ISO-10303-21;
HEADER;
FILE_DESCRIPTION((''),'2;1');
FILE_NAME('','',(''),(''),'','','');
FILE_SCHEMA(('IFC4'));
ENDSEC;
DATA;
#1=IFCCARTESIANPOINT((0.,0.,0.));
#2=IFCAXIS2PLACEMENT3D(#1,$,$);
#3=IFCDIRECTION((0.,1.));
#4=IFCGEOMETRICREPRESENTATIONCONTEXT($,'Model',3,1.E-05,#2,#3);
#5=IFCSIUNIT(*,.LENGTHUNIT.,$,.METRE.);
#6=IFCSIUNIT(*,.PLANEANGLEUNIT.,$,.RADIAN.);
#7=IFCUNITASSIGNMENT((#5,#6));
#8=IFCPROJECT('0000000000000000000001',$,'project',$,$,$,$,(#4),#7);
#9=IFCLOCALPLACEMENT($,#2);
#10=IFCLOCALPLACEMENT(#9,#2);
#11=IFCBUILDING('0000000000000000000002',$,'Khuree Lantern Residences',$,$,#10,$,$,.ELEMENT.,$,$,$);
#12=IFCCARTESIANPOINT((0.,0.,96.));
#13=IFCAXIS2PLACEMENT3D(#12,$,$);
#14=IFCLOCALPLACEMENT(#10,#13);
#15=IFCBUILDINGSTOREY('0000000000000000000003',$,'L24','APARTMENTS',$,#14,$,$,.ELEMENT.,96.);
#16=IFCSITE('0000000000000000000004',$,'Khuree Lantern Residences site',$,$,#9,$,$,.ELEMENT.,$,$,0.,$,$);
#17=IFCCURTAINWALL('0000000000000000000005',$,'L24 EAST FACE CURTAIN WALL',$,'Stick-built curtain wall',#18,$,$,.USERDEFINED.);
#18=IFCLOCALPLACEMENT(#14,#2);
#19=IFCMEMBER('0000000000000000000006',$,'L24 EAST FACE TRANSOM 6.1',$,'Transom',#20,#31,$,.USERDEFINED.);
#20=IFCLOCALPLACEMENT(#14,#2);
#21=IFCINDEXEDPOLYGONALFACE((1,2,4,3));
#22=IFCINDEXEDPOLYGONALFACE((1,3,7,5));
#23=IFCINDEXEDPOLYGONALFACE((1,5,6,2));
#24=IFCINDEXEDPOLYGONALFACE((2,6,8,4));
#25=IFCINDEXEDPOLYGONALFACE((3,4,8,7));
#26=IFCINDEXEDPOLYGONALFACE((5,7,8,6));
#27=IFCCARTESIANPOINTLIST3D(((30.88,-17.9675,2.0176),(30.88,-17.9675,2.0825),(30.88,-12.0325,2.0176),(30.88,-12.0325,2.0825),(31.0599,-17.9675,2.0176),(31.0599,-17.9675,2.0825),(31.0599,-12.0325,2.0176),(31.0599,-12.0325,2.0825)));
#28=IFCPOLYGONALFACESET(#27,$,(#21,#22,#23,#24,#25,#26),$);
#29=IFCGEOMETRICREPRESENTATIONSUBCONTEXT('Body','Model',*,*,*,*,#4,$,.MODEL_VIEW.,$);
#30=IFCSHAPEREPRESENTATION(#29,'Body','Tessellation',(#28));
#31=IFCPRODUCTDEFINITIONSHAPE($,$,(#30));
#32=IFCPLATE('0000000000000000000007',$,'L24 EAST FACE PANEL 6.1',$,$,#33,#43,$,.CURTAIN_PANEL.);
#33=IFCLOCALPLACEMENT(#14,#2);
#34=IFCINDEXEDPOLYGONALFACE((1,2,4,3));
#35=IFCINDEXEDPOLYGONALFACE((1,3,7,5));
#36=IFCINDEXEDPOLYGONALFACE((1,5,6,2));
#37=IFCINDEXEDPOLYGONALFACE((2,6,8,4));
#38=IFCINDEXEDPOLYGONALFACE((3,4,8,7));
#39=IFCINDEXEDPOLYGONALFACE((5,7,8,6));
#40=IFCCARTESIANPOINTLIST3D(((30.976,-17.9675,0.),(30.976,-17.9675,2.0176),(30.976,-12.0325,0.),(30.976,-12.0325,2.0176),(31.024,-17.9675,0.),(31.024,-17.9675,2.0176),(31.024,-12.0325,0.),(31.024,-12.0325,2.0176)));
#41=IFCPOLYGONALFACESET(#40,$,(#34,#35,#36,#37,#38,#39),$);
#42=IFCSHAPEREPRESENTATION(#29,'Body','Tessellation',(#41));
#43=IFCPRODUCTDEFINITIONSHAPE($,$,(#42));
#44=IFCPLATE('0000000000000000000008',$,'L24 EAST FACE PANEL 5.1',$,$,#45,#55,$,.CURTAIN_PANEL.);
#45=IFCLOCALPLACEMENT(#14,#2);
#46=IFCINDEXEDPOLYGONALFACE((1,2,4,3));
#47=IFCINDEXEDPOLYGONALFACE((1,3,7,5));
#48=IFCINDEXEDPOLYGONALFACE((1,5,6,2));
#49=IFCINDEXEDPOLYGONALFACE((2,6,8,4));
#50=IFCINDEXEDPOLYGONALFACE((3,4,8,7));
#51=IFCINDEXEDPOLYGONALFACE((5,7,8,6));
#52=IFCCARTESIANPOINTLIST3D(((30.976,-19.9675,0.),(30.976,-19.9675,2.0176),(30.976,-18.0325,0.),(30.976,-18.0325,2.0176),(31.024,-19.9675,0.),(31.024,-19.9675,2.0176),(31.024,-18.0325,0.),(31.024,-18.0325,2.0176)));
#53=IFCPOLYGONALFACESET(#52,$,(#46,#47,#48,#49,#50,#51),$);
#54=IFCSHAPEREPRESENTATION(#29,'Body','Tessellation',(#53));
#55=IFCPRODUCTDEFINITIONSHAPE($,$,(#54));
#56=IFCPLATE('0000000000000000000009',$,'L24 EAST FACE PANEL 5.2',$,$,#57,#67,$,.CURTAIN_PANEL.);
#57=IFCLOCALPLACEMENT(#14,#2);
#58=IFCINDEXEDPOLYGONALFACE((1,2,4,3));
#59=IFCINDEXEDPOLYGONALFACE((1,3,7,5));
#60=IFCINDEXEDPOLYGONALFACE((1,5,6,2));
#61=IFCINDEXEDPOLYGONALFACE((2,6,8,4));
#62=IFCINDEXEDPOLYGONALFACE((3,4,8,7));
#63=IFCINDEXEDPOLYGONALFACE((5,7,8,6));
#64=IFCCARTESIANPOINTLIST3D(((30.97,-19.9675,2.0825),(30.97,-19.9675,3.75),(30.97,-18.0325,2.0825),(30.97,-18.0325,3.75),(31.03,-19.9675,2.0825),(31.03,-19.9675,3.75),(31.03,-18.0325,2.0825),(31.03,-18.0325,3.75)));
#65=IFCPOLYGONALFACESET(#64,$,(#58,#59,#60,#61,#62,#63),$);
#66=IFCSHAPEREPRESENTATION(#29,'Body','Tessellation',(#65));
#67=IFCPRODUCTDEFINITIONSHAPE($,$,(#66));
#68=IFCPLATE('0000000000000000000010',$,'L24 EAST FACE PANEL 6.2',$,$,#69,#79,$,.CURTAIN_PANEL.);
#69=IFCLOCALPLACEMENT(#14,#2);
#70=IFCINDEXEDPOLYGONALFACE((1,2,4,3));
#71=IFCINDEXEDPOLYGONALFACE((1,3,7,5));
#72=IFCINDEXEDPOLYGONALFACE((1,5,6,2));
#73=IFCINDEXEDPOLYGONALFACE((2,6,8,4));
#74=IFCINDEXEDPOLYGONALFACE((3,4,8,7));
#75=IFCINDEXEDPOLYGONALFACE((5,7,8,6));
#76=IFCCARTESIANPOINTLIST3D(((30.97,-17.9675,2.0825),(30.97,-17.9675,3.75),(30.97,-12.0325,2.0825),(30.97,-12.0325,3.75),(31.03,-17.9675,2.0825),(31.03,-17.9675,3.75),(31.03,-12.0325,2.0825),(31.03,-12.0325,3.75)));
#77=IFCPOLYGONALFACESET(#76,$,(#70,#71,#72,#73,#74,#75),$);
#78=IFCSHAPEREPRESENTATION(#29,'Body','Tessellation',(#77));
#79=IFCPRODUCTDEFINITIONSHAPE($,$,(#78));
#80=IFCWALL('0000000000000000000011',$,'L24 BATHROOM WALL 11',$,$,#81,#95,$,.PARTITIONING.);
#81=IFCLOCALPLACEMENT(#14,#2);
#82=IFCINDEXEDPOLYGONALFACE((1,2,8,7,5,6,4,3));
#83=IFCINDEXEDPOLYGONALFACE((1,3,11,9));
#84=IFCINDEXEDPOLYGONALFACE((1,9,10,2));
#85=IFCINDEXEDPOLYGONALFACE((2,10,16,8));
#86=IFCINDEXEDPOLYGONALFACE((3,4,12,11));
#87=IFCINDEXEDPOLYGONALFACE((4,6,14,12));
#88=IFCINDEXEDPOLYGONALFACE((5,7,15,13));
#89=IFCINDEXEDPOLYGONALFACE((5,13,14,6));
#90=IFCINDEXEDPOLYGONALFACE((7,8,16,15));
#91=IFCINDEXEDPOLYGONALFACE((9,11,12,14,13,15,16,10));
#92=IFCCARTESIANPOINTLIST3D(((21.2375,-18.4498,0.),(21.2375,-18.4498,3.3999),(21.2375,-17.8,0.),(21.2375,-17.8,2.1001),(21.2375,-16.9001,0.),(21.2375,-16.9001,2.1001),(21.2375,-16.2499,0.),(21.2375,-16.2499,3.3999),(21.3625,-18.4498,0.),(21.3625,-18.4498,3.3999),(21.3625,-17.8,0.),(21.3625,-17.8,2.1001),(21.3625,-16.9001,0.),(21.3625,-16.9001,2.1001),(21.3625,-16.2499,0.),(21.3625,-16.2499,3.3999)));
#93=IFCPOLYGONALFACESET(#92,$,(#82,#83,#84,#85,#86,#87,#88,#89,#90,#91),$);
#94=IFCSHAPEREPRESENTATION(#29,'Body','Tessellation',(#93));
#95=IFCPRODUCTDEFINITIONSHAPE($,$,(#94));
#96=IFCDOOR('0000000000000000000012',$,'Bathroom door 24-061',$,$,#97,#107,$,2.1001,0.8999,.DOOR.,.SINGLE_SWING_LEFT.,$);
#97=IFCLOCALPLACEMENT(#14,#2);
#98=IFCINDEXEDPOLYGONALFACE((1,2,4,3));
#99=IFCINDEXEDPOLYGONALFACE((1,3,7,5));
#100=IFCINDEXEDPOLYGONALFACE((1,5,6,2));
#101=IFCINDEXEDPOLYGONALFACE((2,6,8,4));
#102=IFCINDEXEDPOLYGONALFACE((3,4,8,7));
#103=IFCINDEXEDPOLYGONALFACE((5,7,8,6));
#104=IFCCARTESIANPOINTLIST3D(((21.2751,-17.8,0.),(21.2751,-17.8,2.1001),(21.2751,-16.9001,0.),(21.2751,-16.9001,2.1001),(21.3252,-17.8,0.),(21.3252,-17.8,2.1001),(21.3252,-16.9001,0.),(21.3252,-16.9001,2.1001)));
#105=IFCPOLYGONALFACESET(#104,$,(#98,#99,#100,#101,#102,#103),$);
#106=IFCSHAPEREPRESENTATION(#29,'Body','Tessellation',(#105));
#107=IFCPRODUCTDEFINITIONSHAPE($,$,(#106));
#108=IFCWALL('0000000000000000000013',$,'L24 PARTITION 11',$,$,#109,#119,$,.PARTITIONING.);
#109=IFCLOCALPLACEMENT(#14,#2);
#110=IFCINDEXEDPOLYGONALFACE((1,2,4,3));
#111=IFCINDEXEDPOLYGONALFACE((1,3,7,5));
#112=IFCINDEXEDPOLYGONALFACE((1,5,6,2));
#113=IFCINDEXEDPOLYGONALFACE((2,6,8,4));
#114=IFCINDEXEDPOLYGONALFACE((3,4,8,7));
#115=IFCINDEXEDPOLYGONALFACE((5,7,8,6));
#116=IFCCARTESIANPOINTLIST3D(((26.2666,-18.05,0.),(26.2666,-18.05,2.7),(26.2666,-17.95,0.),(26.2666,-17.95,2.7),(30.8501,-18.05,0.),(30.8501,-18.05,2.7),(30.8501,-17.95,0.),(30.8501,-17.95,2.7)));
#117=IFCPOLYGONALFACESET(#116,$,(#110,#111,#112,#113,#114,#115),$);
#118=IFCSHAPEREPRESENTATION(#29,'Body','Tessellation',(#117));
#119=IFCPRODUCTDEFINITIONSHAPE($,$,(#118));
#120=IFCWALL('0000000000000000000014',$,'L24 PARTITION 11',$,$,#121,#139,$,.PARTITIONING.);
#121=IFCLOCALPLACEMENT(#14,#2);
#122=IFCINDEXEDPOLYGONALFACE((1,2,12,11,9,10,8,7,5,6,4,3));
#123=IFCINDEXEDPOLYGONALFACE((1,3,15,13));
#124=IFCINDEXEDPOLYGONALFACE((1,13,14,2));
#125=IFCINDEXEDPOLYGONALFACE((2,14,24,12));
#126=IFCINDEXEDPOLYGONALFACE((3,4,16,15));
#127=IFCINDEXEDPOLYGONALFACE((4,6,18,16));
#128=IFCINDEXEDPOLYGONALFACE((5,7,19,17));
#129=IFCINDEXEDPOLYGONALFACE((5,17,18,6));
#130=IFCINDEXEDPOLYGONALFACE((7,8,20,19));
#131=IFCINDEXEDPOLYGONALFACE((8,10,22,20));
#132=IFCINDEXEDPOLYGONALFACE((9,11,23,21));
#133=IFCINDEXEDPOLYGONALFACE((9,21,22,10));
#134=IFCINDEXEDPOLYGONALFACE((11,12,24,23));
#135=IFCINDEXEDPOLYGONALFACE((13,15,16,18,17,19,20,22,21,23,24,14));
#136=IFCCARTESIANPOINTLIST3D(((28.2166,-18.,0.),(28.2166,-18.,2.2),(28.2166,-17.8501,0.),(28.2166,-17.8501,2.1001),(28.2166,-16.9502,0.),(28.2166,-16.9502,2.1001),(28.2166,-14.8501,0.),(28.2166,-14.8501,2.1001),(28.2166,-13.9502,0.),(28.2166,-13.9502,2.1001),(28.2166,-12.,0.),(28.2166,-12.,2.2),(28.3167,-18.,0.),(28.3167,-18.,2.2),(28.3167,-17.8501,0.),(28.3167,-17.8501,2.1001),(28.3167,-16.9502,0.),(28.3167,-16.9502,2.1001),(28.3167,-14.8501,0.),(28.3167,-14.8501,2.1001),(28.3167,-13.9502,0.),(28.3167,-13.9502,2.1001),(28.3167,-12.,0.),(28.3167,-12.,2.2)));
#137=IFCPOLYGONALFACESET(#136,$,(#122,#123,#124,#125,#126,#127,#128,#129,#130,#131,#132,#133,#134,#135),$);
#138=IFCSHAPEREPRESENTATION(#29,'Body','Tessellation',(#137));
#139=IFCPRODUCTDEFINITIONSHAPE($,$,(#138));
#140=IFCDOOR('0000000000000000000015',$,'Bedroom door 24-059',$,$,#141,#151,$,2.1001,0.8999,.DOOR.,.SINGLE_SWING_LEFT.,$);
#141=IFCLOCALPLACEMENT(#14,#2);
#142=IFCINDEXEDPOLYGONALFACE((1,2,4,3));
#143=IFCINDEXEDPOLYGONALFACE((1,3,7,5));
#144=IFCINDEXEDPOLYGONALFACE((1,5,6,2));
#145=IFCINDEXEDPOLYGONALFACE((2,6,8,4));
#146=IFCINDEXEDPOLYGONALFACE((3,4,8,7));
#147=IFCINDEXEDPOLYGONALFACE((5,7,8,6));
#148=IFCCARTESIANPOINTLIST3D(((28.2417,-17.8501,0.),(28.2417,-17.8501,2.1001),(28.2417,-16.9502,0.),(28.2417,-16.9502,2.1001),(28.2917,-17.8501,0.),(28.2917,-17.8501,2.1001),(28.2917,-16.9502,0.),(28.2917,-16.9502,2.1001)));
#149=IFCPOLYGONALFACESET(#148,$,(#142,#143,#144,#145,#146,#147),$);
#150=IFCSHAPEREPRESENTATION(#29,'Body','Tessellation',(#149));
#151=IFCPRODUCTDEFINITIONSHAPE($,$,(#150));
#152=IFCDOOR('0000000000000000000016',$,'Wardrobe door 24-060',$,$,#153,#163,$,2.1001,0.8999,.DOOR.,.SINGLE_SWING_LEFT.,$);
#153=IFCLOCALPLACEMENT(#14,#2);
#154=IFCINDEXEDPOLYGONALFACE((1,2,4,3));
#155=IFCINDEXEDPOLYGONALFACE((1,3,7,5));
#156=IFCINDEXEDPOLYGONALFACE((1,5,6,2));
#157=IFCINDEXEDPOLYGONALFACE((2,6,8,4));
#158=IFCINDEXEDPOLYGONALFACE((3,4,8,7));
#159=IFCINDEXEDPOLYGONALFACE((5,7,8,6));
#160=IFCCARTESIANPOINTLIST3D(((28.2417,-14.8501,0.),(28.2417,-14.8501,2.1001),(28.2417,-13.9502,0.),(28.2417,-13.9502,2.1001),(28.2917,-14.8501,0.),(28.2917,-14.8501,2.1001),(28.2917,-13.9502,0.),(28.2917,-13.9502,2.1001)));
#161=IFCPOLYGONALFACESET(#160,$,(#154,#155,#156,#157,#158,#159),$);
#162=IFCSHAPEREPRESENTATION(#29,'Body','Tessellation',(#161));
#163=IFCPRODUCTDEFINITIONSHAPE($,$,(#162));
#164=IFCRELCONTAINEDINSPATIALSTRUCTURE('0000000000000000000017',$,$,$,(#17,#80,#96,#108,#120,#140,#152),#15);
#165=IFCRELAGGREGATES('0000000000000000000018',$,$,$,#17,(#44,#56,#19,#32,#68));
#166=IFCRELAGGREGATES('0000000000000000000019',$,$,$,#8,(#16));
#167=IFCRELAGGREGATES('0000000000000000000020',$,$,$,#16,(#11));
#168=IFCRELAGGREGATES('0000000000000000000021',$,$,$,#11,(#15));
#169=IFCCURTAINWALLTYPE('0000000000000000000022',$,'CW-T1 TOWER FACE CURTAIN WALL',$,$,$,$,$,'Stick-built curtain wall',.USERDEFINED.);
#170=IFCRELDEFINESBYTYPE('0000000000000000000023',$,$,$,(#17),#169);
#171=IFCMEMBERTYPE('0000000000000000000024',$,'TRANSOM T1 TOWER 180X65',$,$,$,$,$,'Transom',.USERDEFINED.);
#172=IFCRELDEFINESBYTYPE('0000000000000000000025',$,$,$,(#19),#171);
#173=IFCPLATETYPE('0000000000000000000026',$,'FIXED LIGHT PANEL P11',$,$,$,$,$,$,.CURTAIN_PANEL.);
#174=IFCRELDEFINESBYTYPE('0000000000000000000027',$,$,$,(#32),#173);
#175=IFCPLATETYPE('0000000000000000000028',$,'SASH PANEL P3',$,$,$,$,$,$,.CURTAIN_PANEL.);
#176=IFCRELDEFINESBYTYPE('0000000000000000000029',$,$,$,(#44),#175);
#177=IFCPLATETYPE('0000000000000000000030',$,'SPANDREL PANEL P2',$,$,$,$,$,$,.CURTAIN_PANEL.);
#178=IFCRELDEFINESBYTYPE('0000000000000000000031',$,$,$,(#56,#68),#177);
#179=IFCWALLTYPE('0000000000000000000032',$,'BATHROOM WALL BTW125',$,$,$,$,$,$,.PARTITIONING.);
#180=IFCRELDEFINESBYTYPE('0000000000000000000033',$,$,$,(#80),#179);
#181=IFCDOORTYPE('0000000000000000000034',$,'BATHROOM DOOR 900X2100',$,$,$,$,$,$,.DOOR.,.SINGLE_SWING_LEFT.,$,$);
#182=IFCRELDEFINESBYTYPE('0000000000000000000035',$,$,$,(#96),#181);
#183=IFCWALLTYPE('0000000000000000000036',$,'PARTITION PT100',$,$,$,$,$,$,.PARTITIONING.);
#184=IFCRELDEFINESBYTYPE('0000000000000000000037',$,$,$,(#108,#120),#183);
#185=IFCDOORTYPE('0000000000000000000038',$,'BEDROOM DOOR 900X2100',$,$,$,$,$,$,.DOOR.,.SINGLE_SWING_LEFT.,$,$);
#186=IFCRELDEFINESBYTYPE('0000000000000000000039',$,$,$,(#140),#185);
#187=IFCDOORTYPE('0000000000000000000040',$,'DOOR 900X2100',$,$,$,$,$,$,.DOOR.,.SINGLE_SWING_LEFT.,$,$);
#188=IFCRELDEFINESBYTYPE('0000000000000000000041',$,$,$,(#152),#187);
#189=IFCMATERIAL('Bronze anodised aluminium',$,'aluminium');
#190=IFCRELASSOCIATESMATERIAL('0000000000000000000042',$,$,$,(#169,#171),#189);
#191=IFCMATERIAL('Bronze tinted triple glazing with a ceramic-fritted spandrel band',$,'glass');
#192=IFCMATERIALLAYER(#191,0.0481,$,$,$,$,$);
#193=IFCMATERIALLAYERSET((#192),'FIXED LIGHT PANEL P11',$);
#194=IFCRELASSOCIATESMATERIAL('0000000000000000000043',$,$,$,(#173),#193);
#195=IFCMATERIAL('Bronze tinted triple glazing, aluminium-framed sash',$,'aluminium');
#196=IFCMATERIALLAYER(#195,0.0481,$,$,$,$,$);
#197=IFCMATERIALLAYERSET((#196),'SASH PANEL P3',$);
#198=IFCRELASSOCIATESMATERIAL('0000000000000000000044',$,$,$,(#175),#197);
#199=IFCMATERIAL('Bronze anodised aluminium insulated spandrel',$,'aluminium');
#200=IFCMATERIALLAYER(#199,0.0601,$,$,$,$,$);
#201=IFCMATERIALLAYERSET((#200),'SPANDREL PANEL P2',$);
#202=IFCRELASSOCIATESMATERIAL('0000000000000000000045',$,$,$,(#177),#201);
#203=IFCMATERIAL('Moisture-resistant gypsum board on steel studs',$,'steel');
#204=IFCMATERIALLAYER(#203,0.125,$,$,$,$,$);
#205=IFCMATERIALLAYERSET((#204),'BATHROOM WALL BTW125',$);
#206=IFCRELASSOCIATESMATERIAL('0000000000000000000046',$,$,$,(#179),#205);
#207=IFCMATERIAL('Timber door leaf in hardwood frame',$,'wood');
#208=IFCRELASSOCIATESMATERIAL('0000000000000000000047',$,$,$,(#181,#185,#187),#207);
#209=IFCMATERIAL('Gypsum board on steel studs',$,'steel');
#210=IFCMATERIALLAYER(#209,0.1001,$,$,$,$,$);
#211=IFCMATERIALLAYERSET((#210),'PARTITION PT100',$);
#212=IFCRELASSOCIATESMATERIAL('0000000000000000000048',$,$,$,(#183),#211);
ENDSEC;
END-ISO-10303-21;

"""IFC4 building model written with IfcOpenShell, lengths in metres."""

from ifc_helpers import new_model, si_unit, direction, frame, frame_2d, origin, origin_2d, place, context, subcontext, project, spatial, rectangle, extrude, material, layer, layer_set, material_profile, profile_set, type_object, element, fill, aggregate, save


model = new_model("IFC4")

# Units and contexts
model_context = context("Model", 3, precision=1e-05, world=origin(), true_north=direction((0.0, 1.0)))
body_context = subcontext(model_context, "Body", "Model", "MODEL_VIEW")
ifc_project = project(units=[si_unit("LENGTHUNIT", "METRE"), si_unit("PLANEANGLEUNIT", "RADIAN")], contexts=[model_context])

# Site, building, storey
site_placement = place(None, origin())
site = spatial("IfcSite", under=ifc_project, at=site_placement, Name="Khuree Lantern Residences site", CompositionType="ELEMENT", RefElevation=0.0)
building_placement = place(site_placement, origin())
building = spatial("IfcBuilding", under=site, at=building_placement, Name="Khuree Lantern Residences", CompositionType="ELEMENT")
storey_placement = place(building_placement, frame((0.0, 0.0, 96.0)))
storey = spatial("IfcBuildingStorey", under=building, at=storey_placement, Name="L24", Description="APARTMENTS", CompositionType="ELEMENT", Elevation=96.0)

# Curtain wall, member, plates
ifc_material_1 = material(Name="Bronze anodised aluminium", Category="aluminium")
curtain_wall_type = type_object("IfcCurtainWallType", Name="CW-T1 TOWER FACE CURTAIN WALL", ElementType="Stick-built curtain wall", PredefinedType="USERDEFINED", material=ifc_material_1)
curtain_wall_placement = place(storey_placement, origin())
curtain_wall = element("IfcCurtainWall", 1, at=curtain_wall_placement, inside=storey, type_object=curtain_wall_type, Name="L24 EAST FACE CURTAIN WALL", ObjectType="Stick-built curtain wall", PredefinedType="USERDEFINED")
ifc_material_profile_1 = material_profile(ifc_material_1, rectangle(XDim=0.1799, YDim=0.0649, at=origin_2d()), Name="T1 180X65")
ifc_profile_set_1 = profile_set([ifc_material_profile_1], Name="Bronze anodised aluminium")
member_type_1 = type_object("IfcMemberType", Name="TRANSOM T1 TOWER 180X65", ElementType="Transom", PredefinedType="USERDEFINED", material=ifc_profile_set_1)
member_1_placement = place(storey_placement, frame((30.97, -17.9675, 2.05), z_axis=(0.0, 1.0, 0.0), x_axis=(-1.0, 0.0, 0.0)))
member_1 = element("IfcMember", 2, at=member_1_placement, type_object=member_type_1, Name="L24 EAST FACE TRANSOM 6.1", ObjectType="Transom", PredefinedType="USERDEFINED", context=body_context, shape_type="SweptSolid", body=[
    extrude(rectangle(XDim=0.1799, YDim=0.0649, at=origin_2d()), origin(), (0.0, 0.0, 1.0), 5.9351),
])
ifc_material_2 = material(Name="Bronze tinted triple glazing with a ceramic-fritted spandrel band", Category="glass")
ifc_layer_1 = layer(ifc_material_2, 0.0481)
ifc_layer_set_1 = layer_set([ifc_layer_1], Name="FIXED LIGHT PANEL P11")
plate_type_1 = type_object("IfcPlateType", Name="FIXED LIGHT PANEL P11", PredefinedType="CURTAIN_PANEL", material=ifc_layer_set_1)
plate_1_placement = place(storey_placement, frame((31.0, -15.0, 0.0), z_axis=(0.0, 0.0, 1.0), x_axis=(0.0, 1.0, 0.0)))
plate_1 = element("IfcPlate", 3, at=plate_1_placement, type_object=plate_type_1, Name="L24 EAST FACE PANEL 6.1", PredefinedType="CURTAIN_PANEL", context=body_context, shape_type="SweptSolid", body=[
    extrude(rectangle(XDim=5.9351, YDim=0.0481, at=origin_2d()), origin(), (0.0, 0.0, 1.0), 2.0176),
])
ifc_material_3 = material(Name="Bronze tinted triple glazing, aluminium-framed sash", Category="aluminium")
ifc_layer_2 = layer(ifc_material_3, 0.0481)
ifc_layer_set_2 = layer_set([ifc_layer_2], Name="SASH PANEL P3")
plate_type_2 = type_object("IfcPlateType", Name="SASH PANEL P3", PredefinedType="CURTAIN_PANEL", material=ifc_layer_set_2)
plate_2_placement = place(storey_placement, frame((31.0, -19.0, 0.0), z_axis=(0.0, 0.0, 1.0), x_axis=(0.0, 1.0, 0.0)))
plate_2 = element("IfcPlate", 4, at=plate_2_placement, type_object=plate_type_2, Name="L24 EAST FACE PANEL 5.1", PredefinedType="CURTAIN_PANEL", context=body_context, shape_type="SweptSolid", body=[
    extrude(rectangle(XDim=1.9351, YDim=0.0481, at=origin_2d()), origin(), (0.0, 0.0, 1.0), 2.0176),
])
ifc_material_4 = material(Name="Bronze anodised aluminium insulated spandrel", Category="aluminium")
ifc_layer_3 = layer(ifc_material_4, 0.0601)
ifc_layer_set_3 = layer_set([ifc_layer_3], Name="SPANDREL PANEL P2")
plate_type_3 = type_object("IfcPlateType", Name="SPANDREL PANEL P2", PredefinedType="CURTAIN_PANEL", material=ifc_layer_set_3)
plate_3_placement = place(storey_placement, frame((31.0, -19.0, 2.0825), z_axis=(0.0, 0.0, 1.0), x_axis=(0.0, 1.0, 0.0)))
plate_3 = element("IfcPlate", 5, at=plate_3_placement, type_object=plate_type_3, Name="L24 EAST FACE PANEL 5.2", PredefinedType="CURTAIN_PANEL", context=body_context, shape_type="SweptSolid", body=[
    extrude(rectangle(XDim=1.9351, YDim=0.0601, at=origin_2d()), origin(), (0.0, 0.0, 1.0), 1.6675),
])
plate_4_placement = place(storey_placement, frame((31.0, -15.0, 2.0825), z_axis=(0.0, 0.0, 1.0), x_axis=(0.0, 1.0, 0.0)))
plate_4 = element("IfcPlate", 6, at=plate_4_placement, type_object=plate_type_3, Name="L24 EAST FACE PANEL 6.2", PredefinedType="CURTAIN_PANEL", context=body_context, shape_type="SweptSolid", body=[
    extrude(rectangle(XDim=5.9351, YDim=0.0601, at=origin_2d()), origin(), (0.0, 0.0, 1.0), 1.6675),
])
aggregate(curtain_wall, [plate_2, plate_3, member_1, plate_1, plate_4])

# Wall, opening, door
ifc_material_5 = material(Name="Moisture-resistant gypsum board on steel studs", Category="steel")
ifc_layer_4 = layer(ifc_material_5, 0.125)
ifc_layer_set_4 = layer_set([ifc_layer_4], Name="BATHROOM WALL BTW125")
wall_type_1 = type_object("IfcWallType", Name="BATHROOM WALL BTW125", PredefinedType="PARTITIONING", material=ifc_layer_set_4)
wall_1_placement = place(storey_placement, frame((21.3, -18.45, 0.0), z_axis=(0.0, 0.0, 1.0), x_axis=(0.0, 1.0, 0.0)))
wall_1 = element("IfcWall", 7, at=wall_1_placement, inside=storey, type_object=wall_type_1, Name="L24 BATHROOM WALL 11", PredefinedType="PARTITIONING", context=body_context, shape_type="SweptSolid", body=[
    extrude(rectangle(XDim=2.2, YDim=0.125, at=frame_2d((1.1001, 0.0))), origin(), (0.0, 0.0, 1.0), 3.3999),
])
opening_1_placement = place(wall_1_placement, frame((0.6499, 0.0, 0.0)))
opening_1 = element("IfcOpeningElement", 8, at=opening_1_placement, cuts=wall_1, PredefinedType="OPENING", context=body_context, shape_type="SweptSolid", body=[
    extrude(rectangle(XDim=0.8999, YDim=2.1001, at=frame_2d((0.45, 1.05))), frame((0.0, 0.0725, 0.0), z_axis=(0.0, -1.0, 0.0), x_axis=(1.0, 0.0, 0.0)), (0.0, 0.0, 1.0), 0.145),
])
ifc_material_6 = material(Name="Timber door leaf in hardwood frame", Category="wood")
door_type_1 = type_object("IfcDoorType", Name="BATHROOM DOOR 900X2100", OperationType="SINGLE_SWING_LEFT", PredefinedType="DOOR", material=ifc_material_6)
door_1_placement = place(opening_1_placement, origin())
door_1 = element("IfcDoor", 9, at=door_1_placement, inside=storey, type_object=door_type_1, Name="Bathroom door 24-061", OperationType="SINGLE_SWING_LEFT", OverallHeight=2.1001, OverallWidth=0.8999, PredefinedType="DOOR", context=body_context, shape_type="SweptSolid", body=[
    extrude(rectangle(XDim=0.8999, YDim=2.1001, at=frame_2d((0.45, 1.05))), frame((0.0, 0.0249, 0.0), z_axis=(0.0, -1.0, 0.0), x_axis=(1.0, 0.0, 0.0)), (0.0, 0.0, 1.0), 0.05),
])
fill(opening_1, door_1)

# Wall
ifc_material_7 = material(Name="Gypsum board on steel studs", Category="steel")
ifc_layer_5 = layer(ifc_material_7, 0.1001)
ifc_layer_set_5 = layer_set([ifc_layer_5], Name="PARTITION PT100")
wall_type_2 = type_object("IfcWallType", Name="PARTITION PT100", PredefinedType="PARTITIONING", material=ifc_layer_set_5)
wall_2_placement = place(storey_placement, frame((26.2666, -18.0, 0.0), z_axis=(0.0, 0.0, 1.0), x_axis=(1.0, 0.0, 0.0)))
element("IfcWall", 10, at=wall_2_placement, inside=storey, type_object=wall_type_2, Name="L24 PARTITION 11", PredefinedType="PARTITIONING", context=body_context, shape_type="SweptSolid", body=[
    extrude(rectangle(XDim=4.5835, YDim=0.1001, at=frame_2d((2.2917, 0.0))), origin(), (0.0, 0.0, 1.0), 2.7),
])

# Wall, openings, doors
wall_3_placement = place(storey_placement, frame((28.2666, -18.0, 0.0), z_axis=(0.0, 0.0, 1.0), x_axis=(0.0, 1.0, 0.0)))
wall_3 = element("IfcWall", 11, at=wall_3_placement, inside=storey, type_object=wall_type_2, Name="L24 PARTITION 11", PredefinedType="PARTITIONING", context=body_context, shape_type="SweptSolid", body=[
    extrude(rectangle(XDim=6.0, YDim=0.1001, at=frame_2d((3.0, 0.0))), origin(), (0.0, 0.0, 1.0), 2.2),
])
opening_2_placement = place(wall_3_placement, frame((0.1499, 0.0, 0.0)))
opening_2 = element("IfcOpeningElement", 12, at=opening_2_placement, cuts=wall_3, PredefinedType="OPENING", context=body_context, shape_type="SweptSolid", body=[
    extrude(rectangle(XDim=0.8999, YDim=2.1001, at=frame_2d((0.45, 1.05))), frame((0.0, 0.0601, 0.0), z_axis=(0.0, -1.0, 0.0), x_axis=(1.0, 0.0, 0.0)), (0.0, 0.0, 1.0), 0.1201),
])
opening_3_placement = place(wall_3_placement, frame((3.1499, 0.0, 0.0)))
opening_3 = element("IfcOpeningElement", 13, at=opening_3_placement, cuts=wall_3, PredefinedType="OPENING", context=body_context, shape_type="SweptSolid", body=[
    extrude(rectangle(XDim=0.8999, YDim=2.1001, at=frame_2d((0.45, 1.05))), frame((0.0, 0.0601, 0.0), z_axis=(0.0, -1.0, 0.0), x_axis=(1.0, 0.0, 0.0)), (0.0, 0.0, 1.0), 0.1201),
])
door_type_2 = type_object("IfcDoorType", Name="BEDROOM DOOR 900X2100", OperationType="SINGLE_SWING_LEFT", PredefinedType="DOOR", material=ifc_material_6)
door_2_placement = place(opening_2_placement, origin())
door_2 = element("IfcDoor", 14, at=door_2_placement, inside=storey, type_object=door_type_2, Name="Bedroom door 24-059", OperationType="SINGLE_SWING_LEFT", OverallHeight=2.1001, OverallWidth=0.8999, PredefinedType="DOOR", context=body_context, shape_type="SweptSolid", body=[
    extrude(rectangle(XDim=0.8999, YDim=2.1001, at=frame_2d((0.45, 1.05))), frame((0.0, 0.0249, 0.0), z_axis=(0.0, -1.0, 0.0), x_axis=(1.0, 0.0, 0.0)), (0.0, 0.0, 1.0), 0.05),
])
fill(opening_2, door_2)
door_type_3 = type_object("IfcDoorType", Name="DOOR 900X2100", OperationType="SINGLE_SWING_LEFT", PredefinedType="DOOR", material=ifc_material_6)
door_3_placement = place(opening_3_placement, origin())
door_3 = element("IfcDoor", 15, at=door_3_placement, inside=storey, type_object=door_type_3, Name="Wardrobe door 24-060", OperationType="SINGLE_SWING_LEFT", OverallHeight=2.1001, OverallWidth=0.8999, PredefinedType="DOOR", context=body_context, shape_type="SweptSolid", body=[
    extrude(rectangle(XDim=0.8999, YDim=2.1001, at=frame_2d((0.45, 1.05))), frame((0.0, 0.0249, 0.0), z_axis=(0.0, -1.0, 0.0), x_axis=(1.0, 0.0, 0.0)), (0.0, 0.0, 1.0), 0.05),
])
fill(opening_3, door_3)

save(model, "model.ifc")
